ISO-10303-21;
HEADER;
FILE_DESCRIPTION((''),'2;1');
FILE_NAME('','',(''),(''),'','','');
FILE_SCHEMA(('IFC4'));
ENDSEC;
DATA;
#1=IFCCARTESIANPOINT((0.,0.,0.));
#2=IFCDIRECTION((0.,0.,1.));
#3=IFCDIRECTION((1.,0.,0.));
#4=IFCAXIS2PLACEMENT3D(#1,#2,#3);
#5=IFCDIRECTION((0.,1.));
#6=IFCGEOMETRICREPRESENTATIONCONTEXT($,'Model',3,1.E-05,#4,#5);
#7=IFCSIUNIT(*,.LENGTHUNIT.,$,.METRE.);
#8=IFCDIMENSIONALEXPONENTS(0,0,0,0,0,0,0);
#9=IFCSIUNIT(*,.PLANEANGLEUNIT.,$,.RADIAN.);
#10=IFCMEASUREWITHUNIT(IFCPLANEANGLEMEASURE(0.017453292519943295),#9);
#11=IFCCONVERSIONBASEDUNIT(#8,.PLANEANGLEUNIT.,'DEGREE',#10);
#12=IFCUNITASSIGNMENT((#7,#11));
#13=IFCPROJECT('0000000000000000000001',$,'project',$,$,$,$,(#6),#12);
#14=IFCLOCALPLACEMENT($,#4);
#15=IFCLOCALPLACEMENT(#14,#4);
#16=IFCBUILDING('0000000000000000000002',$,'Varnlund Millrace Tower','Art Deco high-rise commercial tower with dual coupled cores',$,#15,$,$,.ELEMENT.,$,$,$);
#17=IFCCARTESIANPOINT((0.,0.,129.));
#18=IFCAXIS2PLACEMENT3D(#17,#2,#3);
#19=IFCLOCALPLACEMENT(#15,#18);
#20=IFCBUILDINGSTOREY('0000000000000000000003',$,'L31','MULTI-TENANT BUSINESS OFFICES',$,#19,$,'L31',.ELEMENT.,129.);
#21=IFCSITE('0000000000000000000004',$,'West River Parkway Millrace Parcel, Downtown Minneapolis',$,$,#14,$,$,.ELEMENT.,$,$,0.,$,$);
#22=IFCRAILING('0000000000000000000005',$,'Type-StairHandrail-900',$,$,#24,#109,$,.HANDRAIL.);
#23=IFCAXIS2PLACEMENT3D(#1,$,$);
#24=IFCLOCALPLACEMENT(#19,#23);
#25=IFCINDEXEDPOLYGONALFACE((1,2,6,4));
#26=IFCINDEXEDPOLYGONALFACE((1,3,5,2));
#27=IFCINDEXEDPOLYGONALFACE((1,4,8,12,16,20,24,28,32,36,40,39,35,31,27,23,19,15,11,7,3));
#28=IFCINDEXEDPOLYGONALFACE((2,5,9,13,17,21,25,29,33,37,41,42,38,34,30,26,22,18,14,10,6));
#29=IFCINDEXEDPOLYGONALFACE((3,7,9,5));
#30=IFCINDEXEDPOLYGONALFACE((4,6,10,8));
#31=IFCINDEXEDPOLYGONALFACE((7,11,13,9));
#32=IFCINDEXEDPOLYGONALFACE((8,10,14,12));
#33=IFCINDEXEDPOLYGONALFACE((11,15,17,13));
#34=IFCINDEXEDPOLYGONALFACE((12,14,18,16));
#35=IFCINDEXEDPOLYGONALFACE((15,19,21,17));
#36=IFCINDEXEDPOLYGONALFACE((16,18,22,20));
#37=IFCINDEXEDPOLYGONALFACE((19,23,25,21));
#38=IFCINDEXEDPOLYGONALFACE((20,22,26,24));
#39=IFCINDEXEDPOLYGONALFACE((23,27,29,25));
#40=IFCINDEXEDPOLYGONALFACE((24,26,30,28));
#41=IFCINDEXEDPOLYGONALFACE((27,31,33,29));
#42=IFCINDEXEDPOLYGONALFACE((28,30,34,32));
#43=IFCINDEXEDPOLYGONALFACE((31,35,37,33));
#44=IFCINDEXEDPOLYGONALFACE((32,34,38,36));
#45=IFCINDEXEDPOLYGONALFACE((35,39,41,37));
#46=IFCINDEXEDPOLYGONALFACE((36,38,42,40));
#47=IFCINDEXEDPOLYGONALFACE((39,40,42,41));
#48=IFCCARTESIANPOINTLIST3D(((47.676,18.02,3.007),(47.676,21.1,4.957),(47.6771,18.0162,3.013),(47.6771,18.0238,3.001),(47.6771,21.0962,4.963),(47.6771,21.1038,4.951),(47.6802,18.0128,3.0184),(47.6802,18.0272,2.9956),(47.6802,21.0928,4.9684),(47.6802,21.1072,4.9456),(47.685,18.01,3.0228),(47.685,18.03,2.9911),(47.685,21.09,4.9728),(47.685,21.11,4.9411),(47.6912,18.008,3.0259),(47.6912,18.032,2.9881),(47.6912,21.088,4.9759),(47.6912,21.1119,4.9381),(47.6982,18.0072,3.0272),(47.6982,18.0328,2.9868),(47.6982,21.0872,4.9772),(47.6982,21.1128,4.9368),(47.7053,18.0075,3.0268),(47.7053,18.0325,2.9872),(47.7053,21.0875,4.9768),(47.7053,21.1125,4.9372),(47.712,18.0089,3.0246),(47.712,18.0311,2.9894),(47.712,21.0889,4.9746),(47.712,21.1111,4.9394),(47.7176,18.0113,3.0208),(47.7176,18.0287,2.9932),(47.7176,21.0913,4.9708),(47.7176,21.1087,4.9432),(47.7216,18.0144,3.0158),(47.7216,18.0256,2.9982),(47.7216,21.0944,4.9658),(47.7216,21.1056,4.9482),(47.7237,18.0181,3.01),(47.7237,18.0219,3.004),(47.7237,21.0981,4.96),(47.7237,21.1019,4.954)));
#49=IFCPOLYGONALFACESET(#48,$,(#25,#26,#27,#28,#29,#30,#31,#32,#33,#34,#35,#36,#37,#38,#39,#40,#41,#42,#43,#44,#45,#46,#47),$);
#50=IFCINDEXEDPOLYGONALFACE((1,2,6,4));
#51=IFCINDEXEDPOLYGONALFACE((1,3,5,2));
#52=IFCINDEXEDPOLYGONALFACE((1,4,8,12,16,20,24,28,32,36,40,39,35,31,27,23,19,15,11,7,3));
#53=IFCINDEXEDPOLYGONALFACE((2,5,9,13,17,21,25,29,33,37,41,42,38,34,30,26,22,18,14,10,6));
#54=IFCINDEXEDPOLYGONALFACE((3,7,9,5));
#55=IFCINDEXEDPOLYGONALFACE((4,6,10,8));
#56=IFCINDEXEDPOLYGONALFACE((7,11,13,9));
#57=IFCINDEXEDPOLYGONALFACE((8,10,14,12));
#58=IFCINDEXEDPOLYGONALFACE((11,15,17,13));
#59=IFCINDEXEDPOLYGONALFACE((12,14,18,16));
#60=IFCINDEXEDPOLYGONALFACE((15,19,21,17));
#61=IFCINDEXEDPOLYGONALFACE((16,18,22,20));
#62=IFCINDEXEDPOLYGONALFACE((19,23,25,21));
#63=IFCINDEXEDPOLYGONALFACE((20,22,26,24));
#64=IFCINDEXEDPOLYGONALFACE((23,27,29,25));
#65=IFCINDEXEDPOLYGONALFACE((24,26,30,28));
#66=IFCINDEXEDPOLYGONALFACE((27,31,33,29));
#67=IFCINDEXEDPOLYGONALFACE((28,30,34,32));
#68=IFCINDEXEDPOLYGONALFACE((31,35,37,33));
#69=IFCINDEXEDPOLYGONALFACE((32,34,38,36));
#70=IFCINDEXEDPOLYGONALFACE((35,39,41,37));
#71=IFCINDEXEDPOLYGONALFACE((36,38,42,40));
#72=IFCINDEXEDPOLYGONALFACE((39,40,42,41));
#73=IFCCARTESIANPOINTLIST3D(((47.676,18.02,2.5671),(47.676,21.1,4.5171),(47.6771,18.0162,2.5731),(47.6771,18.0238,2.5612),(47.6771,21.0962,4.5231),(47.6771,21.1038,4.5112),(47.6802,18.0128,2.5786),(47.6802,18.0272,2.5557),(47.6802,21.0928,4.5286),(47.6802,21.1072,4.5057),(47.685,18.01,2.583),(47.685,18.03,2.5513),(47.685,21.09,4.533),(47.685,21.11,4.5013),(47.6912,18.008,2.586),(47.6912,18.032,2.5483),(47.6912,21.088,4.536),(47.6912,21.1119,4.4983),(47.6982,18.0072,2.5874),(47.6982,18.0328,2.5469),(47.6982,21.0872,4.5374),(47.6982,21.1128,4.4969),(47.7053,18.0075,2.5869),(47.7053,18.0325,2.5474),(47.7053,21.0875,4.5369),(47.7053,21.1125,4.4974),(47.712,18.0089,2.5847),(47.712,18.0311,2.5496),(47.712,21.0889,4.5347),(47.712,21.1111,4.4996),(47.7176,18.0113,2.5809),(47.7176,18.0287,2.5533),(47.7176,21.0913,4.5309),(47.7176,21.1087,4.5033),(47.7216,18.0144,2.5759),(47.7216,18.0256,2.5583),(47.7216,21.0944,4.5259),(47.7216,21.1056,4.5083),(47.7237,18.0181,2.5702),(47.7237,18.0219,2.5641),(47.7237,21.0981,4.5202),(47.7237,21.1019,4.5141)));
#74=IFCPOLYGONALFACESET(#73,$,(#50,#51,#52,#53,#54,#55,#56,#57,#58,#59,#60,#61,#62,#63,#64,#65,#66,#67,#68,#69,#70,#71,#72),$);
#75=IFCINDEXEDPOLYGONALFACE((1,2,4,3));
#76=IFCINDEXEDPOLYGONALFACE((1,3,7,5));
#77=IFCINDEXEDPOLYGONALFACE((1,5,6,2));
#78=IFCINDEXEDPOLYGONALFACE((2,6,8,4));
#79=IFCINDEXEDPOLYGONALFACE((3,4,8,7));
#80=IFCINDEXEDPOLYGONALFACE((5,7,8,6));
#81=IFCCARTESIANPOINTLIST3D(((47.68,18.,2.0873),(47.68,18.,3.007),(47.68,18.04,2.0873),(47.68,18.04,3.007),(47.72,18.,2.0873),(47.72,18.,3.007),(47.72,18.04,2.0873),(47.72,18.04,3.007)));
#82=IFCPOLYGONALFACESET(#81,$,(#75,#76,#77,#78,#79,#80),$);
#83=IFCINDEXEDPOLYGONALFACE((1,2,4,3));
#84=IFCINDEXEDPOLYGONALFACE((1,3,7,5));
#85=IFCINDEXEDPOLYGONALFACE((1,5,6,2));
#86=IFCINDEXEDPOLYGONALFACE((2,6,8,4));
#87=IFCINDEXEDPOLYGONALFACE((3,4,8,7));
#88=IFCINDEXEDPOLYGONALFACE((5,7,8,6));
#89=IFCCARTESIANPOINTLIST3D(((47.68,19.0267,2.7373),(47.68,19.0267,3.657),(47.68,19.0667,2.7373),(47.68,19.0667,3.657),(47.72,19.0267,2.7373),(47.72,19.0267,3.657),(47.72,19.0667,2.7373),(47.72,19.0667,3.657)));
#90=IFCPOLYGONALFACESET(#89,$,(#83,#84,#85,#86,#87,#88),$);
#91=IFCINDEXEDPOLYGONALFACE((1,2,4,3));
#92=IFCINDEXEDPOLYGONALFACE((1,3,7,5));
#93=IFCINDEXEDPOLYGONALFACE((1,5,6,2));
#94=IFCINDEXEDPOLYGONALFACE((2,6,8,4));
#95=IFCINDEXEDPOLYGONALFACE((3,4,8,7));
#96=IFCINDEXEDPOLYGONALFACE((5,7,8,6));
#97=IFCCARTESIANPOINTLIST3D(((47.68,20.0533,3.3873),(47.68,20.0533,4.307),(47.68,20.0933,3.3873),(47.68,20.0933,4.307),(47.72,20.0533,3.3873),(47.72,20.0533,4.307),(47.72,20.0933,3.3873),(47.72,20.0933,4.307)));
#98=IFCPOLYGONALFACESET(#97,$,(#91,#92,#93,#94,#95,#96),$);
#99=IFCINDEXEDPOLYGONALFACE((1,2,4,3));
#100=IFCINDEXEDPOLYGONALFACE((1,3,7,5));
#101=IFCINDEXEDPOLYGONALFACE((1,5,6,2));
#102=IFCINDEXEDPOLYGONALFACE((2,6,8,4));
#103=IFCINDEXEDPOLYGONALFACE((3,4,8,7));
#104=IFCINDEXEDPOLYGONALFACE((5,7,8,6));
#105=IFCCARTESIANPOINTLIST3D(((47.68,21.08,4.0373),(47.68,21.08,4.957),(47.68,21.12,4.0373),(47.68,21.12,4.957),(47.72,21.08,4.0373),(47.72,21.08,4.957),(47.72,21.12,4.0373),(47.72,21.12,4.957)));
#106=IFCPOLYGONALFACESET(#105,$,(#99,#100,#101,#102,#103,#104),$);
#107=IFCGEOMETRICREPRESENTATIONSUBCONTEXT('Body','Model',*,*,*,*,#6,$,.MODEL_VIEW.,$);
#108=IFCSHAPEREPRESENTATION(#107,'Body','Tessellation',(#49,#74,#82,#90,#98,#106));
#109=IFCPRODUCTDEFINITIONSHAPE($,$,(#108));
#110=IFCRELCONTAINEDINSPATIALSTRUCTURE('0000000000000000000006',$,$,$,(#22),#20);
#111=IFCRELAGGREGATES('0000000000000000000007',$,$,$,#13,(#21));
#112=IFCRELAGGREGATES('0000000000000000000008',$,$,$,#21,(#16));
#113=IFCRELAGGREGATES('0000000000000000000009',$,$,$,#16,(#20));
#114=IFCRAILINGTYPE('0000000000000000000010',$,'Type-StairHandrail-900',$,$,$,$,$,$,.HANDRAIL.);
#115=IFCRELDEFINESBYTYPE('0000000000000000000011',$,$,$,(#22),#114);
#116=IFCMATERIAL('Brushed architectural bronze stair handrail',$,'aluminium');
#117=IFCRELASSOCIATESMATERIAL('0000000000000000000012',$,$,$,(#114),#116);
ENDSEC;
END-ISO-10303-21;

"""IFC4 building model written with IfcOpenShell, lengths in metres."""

from ifc_helpers import new_model, entity, si_unit, converted_unit, direction, frame, origin_with_axes, origin_2d_with_axis, place, context, subcontext, project, spatial, rectangle, circle, extrude, material, type_object, element, save


model = new_model("IFC4")

# Units and contexts
model_context = context("Model", 3, precision=1e-05, world=origin_with_axes(), true_north=direction((0.0, 1.0)))
body_context = subcontext(model_context, "Body", "Model", "MODEL_VIEW")
ifc_project = project(units=[si_unit("LENGTHUNIT", "METRE"), converted_unit("PLANEANGLEUNIT", "DEGREE", entity("IfcPlaneAngleMeasure", 0.017453292519943295), si_unit("PLANEANGLEUNIT", "RADIAN"), dimensions=[0, 0, 0, 0, 0, 0, 0])], contexts=[model_context])

# Site, building, storey
site_placement = place(None, origin_with_axes())
site = spatial("IfcSite", under=ifc_project, at=site_placement, Name="West River Parkway Millrace Parcel, Downtown Minneapolis", CompositionType="ELEMENT", RefElevation=0.0)
building_placement = place(site_placement, origin_with_axes())
building = spatial("IfcBuilding", under=site, at=building_placement, Name="Varnlund Millrace Tower", Description="Art Deco high-rise commercial tower with dual coupled cores", CompositionType="ELEMENT")
storey_placement = place(building_placement, frame((0.0, 0.0, 129.0), z_axis=(0.0, 0.0, 1.0), x_axis=(1.0, 0.0, 0.0)))
storey = spatial("IfcBuildingStorey", under=building, at=storey_placement, Name="L31", Description="MULTI-TENANT BUSINESS OFFICES", LongName="L31", CompositionType="ELEMENT", Elevation=129.0)

# Railing
ifc_material_1 = material(Name="Brushed architectural bronze stair handrail", Category="aluminium")
railing_type_1 = type_object("IfcRailingType", Name="Type-StairHandrail-900", PredefinedType="HANDRAIL", material=ifc_material_1)
railing_1_placement = place(storey_placement, frame((0.0, 0.0, -129.0), z_axis=(0.0, 0.0, 1.0), x_axis=(1.0, 0.0, 0.0)))
element("IfcRailing", 1, at=railing_1_placement, inside=storey, type_object=railing_type_1, Name="Type-StairHandrail-900", PredefinedType="HANDRAIL", context=body_context, shape_type="SweptSolid", body=[
    extrude(circle(Radius=0.024, at=origin_2d_with_axis()), frame((47.7, 18.02, 132.007), z_axis=(0.0, 0.844902, 0.534922), x_axis=(-1.0, 0.0, 0.0)), (0.0, 0.0, 1.0), 3.6454),
    extrude(circle(Radius=0.024, at=origin_2d_with_axis()), frame((47.7, 18.02, 131.5671), z_axis=(0.0, 0.844902, 0.534922), x_axis=(-1.0, 0.0, 0.0)), (0.0, 0.0, 1.0), 3.6454),
    extrude(rectangle(XDim=0.04, YDim=0.04, at=origin_2d_with_axis()), frame((47.7, 18.02, 131.0873), z_axis=(0.0, 0.0, 1.0), x_axis=(1.0, 0.0, 0.0)), (0.0, 0.0, 1.0), 0.9197),
    extrude(rectangle(XDim=0.04, YDim=0.04, at=origin_2d_with_axis()), frame((47.7, 19.0467, 131.7373), z_axis=(0.0, 0.0, 1.0), x_axis=(1.0, 0.0, 0.0)), (0.0, 0.0, 1.0), 0.9197),
    extrude(rectangle(XDim=0.04, YDim=0.04, at=origin_2d_with_axis()), frame((47.7, 20.0733, 132.3873), z_axis=(0.0, 0.0, 1.0), x_axis=(1.0, 0.0, 0.0)), (0.0, 0.0, 1.0), 0.9197),
    extrude(rectangle(XDim=0.04, YDim=0.04, at=origin_2d_with_axis()), frame((47.7, 21.1, 133.0373), z_axis=(0.0, 0.0, 1.0), x_axis=(1.0, 0.0, 0.0)), (0.0, 0.0, 1.0), 0.9197),
])

save(model, "model.ifc")
